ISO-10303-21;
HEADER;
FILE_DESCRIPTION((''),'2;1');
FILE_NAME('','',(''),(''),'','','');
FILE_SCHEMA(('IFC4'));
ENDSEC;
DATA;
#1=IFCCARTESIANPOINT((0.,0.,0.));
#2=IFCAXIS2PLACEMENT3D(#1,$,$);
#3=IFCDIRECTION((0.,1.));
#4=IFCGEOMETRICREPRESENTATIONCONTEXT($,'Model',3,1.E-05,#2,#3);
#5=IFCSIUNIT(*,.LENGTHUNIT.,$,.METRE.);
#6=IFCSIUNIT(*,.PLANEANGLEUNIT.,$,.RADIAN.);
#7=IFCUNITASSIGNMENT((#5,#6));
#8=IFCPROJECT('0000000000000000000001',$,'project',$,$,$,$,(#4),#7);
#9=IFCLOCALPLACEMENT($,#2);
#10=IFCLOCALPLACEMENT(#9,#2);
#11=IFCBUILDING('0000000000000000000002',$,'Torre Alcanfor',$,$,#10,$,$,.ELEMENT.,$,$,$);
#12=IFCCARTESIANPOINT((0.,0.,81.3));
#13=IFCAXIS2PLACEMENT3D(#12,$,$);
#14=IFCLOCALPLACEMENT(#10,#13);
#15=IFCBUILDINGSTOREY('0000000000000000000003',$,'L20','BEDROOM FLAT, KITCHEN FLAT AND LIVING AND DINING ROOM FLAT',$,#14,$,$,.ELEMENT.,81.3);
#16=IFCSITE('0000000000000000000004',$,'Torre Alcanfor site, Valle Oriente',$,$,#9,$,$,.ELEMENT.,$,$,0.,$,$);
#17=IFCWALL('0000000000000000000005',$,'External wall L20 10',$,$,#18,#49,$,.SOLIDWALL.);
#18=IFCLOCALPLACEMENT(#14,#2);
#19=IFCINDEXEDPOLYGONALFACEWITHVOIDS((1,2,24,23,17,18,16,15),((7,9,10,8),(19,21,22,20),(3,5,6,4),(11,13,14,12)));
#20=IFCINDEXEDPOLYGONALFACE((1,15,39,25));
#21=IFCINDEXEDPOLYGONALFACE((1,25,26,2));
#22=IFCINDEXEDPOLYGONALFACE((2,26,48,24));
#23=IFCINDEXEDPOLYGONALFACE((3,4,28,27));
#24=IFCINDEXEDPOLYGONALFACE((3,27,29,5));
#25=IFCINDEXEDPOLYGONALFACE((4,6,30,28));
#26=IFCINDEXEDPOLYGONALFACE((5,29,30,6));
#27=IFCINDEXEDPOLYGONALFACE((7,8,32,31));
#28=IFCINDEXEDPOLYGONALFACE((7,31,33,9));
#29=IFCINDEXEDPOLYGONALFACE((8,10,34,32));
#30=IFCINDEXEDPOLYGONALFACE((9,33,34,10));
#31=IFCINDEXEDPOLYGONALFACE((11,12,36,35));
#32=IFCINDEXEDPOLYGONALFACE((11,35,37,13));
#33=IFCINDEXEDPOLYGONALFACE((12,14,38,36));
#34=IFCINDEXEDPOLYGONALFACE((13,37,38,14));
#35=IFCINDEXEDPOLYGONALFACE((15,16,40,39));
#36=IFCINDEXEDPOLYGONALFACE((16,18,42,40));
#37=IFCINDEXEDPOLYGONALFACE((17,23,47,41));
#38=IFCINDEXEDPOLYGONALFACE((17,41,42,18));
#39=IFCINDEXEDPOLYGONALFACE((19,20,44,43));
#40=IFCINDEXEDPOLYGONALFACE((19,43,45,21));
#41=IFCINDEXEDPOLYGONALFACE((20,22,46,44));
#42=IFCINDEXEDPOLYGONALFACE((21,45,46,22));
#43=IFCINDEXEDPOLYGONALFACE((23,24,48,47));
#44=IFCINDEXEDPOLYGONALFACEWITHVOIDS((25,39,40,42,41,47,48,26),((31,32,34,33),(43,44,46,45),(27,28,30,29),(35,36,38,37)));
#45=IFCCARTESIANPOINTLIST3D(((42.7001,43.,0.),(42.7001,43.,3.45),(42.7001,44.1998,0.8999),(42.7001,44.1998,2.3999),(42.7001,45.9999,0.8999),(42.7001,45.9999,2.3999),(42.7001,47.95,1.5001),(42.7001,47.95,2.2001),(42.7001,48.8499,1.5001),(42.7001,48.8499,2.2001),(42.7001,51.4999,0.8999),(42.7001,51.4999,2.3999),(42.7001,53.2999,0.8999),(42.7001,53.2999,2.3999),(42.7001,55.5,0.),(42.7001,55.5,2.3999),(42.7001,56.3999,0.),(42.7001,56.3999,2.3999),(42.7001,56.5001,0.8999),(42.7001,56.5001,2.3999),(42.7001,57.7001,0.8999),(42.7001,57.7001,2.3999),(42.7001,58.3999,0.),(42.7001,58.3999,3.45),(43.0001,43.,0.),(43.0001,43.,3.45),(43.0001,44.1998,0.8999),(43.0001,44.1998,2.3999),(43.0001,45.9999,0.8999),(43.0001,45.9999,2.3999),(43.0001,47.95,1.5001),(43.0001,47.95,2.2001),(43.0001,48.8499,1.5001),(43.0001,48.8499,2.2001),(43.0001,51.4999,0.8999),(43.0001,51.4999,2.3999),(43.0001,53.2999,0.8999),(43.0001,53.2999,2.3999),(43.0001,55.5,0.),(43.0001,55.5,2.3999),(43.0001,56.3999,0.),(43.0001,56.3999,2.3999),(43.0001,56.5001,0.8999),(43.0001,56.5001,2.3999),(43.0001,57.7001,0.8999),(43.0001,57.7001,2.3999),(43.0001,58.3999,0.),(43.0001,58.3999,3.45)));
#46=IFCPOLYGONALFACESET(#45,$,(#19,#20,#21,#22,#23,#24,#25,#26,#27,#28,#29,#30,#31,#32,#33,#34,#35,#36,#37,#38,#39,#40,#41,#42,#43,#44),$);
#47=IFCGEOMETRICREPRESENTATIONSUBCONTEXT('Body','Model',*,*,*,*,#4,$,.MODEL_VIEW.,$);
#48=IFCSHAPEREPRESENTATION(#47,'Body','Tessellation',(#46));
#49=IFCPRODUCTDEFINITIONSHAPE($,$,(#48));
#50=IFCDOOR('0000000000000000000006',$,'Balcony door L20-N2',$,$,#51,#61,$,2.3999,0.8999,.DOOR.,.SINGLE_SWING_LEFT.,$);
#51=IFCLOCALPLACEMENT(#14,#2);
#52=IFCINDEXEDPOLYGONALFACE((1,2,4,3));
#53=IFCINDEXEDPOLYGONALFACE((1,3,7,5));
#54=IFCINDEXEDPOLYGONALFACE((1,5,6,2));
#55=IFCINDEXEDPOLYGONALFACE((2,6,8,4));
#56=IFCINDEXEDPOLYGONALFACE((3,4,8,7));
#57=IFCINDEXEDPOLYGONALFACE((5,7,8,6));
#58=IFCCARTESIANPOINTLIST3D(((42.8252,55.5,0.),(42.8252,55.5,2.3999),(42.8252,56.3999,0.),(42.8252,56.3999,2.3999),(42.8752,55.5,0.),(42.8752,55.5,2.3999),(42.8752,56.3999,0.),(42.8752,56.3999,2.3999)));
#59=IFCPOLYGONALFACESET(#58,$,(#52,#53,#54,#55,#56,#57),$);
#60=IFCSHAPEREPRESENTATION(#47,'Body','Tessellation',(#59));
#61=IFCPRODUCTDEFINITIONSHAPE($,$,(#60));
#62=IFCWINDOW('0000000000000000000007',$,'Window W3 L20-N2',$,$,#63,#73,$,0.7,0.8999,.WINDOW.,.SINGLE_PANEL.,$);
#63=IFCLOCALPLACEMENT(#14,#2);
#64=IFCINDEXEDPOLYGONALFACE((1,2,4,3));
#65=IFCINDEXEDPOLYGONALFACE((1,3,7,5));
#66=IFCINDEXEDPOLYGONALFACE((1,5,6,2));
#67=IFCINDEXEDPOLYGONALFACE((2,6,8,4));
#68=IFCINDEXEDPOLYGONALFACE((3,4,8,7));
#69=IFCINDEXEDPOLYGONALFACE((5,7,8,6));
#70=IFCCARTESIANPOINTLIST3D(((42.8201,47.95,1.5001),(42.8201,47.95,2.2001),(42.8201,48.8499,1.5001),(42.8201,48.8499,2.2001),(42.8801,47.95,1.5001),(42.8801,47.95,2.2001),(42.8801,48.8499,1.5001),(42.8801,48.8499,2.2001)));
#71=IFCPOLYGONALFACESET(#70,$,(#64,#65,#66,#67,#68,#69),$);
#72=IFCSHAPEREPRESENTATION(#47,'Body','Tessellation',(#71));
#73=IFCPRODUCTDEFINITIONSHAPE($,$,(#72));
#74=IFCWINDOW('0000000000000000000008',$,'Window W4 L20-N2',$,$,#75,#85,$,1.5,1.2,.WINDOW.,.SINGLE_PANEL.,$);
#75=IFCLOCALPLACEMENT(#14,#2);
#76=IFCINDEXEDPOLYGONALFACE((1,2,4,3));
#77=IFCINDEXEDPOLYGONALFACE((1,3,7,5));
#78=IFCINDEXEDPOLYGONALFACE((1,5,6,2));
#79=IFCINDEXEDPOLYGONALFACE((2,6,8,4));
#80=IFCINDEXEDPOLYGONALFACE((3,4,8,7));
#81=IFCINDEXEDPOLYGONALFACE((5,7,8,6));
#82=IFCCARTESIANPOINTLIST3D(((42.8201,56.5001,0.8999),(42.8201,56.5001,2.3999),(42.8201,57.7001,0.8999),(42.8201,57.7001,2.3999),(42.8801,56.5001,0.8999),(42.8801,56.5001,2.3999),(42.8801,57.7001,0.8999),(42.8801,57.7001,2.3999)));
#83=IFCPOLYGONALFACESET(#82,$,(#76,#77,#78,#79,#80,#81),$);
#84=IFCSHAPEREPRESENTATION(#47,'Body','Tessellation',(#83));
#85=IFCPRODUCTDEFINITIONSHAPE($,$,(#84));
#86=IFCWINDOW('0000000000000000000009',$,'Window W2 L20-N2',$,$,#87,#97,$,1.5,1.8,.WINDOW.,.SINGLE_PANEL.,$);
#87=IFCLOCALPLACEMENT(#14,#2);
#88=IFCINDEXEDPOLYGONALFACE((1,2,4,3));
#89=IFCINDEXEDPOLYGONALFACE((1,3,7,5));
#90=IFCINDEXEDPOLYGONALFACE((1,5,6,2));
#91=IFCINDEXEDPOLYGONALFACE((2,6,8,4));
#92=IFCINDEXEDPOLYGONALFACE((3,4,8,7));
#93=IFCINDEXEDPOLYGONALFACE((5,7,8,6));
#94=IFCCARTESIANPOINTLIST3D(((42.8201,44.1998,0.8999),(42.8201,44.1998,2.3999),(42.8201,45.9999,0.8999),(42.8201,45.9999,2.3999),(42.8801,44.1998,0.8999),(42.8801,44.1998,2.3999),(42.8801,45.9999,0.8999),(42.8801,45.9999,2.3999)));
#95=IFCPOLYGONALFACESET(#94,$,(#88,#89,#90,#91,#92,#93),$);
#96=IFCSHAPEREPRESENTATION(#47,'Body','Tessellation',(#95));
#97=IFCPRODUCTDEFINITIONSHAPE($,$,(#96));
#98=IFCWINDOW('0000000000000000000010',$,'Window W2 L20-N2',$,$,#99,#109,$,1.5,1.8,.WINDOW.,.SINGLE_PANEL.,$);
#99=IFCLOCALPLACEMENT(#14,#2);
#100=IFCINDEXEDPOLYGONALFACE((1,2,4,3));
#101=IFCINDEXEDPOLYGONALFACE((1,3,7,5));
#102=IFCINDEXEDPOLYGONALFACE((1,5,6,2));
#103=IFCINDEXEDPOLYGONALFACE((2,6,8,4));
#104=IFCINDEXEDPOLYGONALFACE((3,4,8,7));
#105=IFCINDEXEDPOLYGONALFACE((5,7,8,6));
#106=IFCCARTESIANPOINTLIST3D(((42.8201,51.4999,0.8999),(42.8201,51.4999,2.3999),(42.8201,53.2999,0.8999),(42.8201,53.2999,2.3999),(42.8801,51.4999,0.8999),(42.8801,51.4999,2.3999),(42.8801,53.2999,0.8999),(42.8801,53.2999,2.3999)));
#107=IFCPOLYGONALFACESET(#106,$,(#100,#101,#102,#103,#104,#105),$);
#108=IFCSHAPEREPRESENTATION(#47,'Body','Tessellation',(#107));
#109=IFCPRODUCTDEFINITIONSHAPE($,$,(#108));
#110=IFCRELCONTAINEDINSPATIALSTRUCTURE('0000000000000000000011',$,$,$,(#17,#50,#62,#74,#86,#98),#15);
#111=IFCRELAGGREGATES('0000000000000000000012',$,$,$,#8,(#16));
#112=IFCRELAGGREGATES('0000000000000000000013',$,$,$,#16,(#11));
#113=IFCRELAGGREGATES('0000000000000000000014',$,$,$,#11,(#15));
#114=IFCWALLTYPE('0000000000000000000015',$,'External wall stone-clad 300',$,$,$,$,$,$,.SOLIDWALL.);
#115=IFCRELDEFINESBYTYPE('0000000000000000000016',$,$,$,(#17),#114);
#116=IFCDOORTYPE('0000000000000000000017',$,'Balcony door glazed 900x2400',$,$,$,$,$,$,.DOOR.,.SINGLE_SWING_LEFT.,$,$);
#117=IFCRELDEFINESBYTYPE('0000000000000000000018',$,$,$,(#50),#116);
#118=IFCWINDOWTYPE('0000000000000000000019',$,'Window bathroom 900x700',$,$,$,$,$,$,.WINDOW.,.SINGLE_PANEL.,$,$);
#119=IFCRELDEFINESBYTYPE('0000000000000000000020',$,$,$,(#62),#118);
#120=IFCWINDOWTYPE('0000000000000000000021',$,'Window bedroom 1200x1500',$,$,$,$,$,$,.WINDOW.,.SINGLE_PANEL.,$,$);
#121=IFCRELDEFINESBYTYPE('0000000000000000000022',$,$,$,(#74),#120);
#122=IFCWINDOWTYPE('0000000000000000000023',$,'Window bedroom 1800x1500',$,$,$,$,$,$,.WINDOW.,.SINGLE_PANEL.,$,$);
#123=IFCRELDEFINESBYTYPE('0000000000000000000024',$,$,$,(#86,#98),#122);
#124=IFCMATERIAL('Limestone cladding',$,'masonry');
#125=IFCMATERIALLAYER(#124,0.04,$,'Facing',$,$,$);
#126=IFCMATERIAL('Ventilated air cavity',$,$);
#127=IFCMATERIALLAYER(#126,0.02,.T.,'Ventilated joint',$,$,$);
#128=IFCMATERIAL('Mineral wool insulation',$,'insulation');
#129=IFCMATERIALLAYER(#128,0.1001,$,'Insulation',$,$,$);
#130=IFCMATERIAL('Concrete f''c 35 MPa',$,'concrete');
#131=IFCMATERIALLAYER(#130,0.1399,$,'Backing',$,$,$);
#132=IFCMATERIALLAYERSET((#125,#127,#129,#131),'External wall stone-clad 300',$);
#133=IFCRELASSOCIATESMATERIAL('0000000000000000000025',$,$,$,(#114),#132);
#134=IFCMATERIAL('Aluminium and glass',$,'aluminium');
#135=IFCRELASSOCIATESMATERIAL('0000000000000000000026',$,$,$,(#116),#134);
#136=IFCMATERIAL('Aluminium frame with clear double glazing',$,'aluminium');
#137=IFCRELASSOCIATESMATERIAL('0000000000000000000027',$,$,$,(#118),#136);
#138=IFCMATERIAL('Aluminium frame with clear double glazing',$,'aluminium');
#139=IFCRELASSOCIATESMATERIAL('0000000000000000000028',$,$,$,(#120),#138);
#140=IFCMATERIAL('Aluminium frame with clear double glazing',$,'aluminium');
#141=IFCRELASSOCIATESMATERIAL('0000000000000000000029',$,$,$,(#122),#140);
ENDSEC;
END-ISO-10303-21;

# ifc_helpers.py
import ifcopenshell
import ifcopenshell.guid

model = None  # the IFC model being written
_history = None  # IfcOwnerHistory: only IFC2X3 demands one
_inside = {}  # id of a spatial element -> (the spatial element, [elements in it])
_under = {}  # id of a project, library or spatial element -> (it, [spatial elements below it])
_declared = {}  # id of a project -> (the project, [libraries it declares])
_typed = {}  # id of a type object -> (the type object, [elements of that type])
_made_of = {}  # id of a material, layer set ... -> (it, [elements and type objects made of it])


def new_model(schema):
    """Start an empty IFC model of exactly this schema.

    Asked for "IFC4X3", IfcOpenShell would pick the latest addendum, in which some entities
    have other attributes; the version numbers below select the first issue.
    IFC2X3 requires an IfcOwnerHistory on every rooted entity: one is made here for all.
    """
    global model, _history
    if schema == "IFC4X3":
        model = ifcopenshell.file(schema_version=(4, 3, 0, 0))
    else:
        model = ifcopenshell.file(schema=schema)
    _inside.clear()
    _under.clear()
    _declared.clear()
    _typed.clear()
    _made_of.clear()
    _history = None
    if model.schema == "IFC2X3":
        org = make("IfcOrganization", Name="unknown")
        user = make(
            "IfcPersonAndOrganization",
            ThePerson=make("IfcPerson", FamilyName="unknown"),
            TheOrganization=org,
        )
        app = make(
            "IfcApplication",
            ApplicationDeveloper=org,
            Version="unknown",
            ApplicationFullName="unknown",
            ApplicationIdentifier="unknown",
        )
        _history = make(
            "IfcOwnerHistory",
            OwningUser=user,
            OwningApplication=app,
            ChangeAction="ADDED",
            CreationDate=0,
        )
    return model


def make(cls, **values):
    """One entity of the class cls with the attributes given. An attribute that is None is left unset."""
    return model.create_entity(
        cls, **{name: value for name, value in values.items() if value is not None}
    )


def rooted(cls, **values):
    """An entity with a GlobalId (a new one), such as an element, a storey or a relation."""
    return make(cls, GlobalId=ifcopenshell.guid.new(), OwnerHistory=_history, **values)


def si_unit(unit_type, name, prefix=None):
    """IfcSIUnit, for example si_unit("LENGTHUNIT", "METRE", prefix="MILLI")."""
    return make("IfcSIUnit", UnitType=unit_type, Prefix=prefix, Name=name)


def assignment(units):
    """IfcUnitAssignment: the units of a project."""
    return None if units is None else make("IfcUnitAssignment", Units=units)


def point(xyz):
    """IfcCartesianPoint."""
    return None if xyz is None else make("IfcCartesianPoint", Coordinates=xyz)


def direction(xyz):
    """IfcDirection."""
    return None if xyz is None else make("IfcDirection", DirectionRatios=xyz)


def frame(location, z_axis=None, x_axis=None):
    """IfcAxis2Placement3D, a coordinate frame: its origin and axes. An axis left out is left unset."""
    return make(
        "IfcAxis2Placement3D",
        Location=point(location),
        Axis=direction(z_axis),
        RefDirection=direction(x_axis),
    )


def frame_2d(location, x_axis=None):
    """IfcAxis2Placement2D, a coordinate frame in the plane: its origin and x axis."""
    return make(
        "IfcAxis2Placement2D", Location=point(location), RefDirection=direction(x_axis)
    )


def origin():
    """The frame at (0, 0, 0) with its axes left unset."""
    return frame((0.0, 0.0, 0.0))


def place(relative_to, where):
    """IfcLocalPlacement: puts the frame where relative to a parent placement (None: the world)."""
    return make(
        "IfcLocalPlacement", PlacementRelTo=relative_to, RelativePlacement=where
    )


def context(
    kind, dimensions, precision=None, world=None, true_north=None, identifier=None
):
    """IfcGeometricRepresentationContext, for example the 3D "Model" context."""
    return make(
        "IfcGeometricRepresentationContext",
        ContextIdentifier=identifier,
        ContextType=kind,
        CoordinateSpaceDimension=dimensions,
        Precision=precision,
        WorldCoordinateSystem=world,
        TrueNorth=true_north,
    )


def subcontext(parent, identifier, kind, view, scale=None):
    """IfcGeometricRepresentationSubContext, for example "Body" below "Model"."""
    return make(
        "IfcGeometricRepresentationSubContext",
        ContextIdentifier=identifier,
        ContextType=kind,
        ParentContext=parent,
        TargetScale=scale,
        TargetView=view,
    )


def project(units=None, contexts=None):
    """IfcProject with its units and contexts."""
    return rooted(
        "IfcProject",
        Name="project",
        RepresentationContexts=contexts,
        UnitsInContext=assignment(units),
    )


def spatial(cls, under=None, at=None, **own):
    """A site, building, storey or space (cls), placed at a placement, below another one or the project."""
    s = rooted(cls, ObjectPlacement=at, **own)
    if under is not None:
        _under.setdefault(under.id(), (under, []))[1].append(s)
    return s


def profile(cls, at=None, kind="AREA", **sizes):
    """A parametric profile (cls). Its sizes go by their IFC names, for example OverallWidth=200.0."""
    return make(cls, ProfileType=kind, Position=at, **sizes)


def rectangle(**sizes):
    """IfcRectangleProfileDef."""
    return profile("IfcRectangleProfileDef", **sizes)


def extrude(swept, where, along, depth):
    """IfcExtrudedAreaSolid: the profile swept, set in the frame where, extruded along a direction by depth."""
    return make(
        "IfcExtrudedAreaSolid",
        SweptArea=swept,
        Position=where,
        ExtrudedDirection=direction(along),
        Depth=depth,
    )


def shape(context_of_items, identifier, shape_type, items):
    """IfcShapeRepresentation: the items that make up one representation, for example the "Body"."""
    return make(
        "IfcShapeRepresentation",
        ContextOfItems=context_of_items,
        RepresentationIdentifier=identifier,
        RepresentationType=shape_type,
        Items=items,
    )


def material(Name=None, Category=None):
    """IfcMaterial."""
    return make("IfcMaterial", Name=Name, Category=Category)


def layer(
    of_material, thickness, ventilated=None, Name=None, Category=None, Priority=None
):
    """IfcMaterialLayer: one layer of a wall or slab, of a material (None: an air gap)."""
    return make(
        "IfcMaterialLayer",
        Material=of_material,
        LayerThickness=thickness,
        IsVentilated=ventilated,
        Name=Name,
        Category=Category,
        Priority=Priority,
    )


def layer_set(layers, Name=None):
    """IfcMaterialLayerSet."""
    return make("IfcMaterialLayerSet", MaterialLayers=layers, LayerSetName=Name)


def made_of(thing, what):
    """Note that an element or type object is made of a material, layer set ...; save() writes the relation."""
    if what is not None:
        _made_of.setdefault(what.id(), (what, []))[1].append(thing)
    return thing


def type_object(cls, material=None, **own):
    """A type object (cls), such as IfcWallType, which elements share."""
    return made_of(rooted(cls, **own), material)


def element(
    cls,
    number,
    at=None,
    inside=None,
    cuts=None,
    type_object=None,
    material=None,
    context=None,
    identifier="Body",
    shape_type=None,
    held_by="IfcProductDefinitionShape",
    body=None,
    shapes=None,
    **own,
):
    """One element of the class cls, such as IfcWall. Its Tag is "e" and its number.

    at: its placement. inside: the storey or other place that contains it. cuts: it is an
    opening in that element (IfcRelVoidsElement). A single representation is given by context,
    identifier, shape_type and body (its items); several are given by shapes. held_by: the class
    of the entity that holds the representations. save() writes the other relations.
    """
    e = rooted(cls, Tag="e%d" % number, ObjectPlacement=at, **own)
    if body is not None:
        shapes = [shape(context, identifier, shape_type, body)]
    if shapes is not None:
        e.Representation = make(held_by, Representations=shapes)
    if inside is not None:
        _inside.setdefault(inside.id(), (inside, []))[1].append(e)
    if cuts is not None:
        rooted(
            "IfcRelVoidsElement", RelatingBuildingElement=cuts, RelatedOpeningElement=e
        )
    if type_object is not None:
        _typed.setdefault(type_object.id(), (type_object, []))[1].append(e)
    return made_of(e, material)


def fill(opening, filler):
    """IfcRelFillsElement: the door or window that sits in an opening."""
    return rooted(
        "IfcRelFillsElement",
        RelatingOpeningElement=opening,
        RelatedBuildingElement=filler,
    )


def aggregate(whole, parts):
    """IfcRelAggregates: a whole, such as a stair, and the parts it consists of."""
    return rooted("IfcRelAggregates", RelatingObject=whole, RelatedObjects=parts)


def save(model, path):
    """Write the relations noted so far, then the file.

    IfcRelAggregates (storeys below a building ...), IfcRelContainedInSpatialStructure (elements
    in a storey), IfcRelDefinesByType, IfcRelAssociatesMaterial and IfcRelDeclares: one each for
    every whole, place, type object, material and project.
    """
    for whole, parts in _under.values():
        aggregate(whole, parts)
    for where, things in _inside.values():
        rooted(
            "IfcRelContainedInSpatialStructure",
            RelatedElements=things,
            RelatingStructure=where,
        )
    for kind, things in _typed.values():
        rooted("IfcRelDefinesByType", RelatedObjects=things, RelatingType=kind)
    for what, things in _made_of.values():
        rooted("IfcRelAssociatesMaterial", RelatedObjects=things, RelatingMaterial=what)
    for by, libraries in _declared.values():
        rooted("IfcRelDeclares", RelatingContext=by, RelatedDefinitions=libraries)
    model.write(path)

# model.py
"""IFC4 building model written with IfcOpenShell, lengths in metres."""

from ifc_helpers import new_model, si_unit, direction, frame, frame_2d, origin, place, context, subcontext, project, spatial, rectangle, extrude, material, layer, layer_set, type_object, element, fill, save


model = new_model("IFC4")

# Units and contexts
model_context = context("Model", 3, precision=1e-05, world=origin(), true_north=direction((0.0, 1.0)))
body_context = subcontext(model_context, "Body", "Model", "MODEL_VIEW")
ifc_project = project(units=[si_unit("LENGTHUNIT", "METRE"), si_unit("PLANEANGLEUNIT", "RADIAN")], contexts=[model_context])

# Site, building, storey
site_placement = place(None, origin())
site = spatial("IfcSite", under=ifc_project, at=site_placement, Name="Torre Alcanfor site, Valle Oriente", CompositionType="ELEMENT", RefElevation=0.0)
building_placement = place(site_placement, origin())
building = spatial("IfcBuilding", under=site, at=building_placement, Name="Torre Alcanfor", CompositionType="ELEMENT")
storey_placement = place(building_placement, frame((0.0, 0.0, 81.3)))
storey = spatial("IfcBuildingStorey", under=building, at=storey_placement, Name="L20", Description="BEDROOM FLAT, KITCHEN FLAT AND LIVING AND DINING ROOM FLAT", CompositionType="ELEMENT", Elevation=81.3)

# Wall, openings, door, windows
ifc_material_1 = material(Name="Limestone cladding", Category="masonry")
ifc_layer_1 = layer(ifc_material_1, 0.04, Name="Facing")
ifc_material_2 = material(Name="Ventilated air cavity")
ifc_layer_2 = layer(ifc_material_2, 0.02, ventilated=True, Name="Ventilated joint")
ifc_material_3 = material(Name="Mineral wool insulation", Category="insulation")
ifc_layer_3 = layer(ifc_material_3, 0.1001, Name="Insulation")
ifc_material_4 = material(Name="Concrete f'c 35 MPa", Category="concrete")
ifc_layer_4 = layer(ifc_material_4, 0.1399, Name="Backing")
ifc_layer_set_1 = layer_set([ifc_layer_1, ifc_layer_2, ifc_layer_3, ifc_layer_4], Name="External wall stone-clad 300")
wall_type_1 = type_object("IfcWallType", Name="External wall stone-clad 300", PredefinedType="SOLIDWALL", material=ifc_layer_set_1)
ifc_material_5 = material(Name="Aluminium and glass", Category="aluminium")
door_type = type_object("IfcDoorType", Name="Balcony door glazed 900x2400", OperationType="SINGLE_SWING_LEFT", PredefinedType="DOOR", material=ifc_material_5)
ifc_material_6 = material(Name="Aluminium frame with clear double glazing", Category="aluminium")
window_type_1 = type_object("IfcWindowType", Name="Window bathroom 900x700", PartitioningType="SINGLE_PANEL", PredefinedType="WINDOW", material=ifc_material_6)
ifc_material_7 = material(Name="Aluminium frame with clear double glazing", Category="aluminium")
window_type_2 = type_object("IfcWindowType", Name="Window bedroom 1200x1500", PartitioningType="SINGLE_PANEL", PredefinedType="WINDOW", material=ifc_material_7)
ifc_material_8 = material(Name="Aluminium frame with clear double glazing", Category="aluminium")
window_type_3 = type_object("IfcWindowType", Name="Window bedroom 1800x1500", PartitioningType="SINGLE_PANEL", PredefinedType="WINDOW", material=ifc_material_8)
wall_1_placement = place(storey_placement, frame((42.8501, 43.0, 0.0), z_axis=(0.0, 0.0, 1.0), x_axis=(0.0, 1.0, 0.0)))
wall_1 = element("IfcWall", 1, at=wall_1_placement, inside=storey, type_object=wall_type_1, Name="External wall L20 10", PredefinedType="SOLIDWALL", context=body_context, shape_type="SweptSolid", body=[
    extrude(rectangle(XDim=15.3999, YDim=0.3, at=frame_2d((7.7, 0.0))), origin(), (0.0, 0.0, 1.0), 3.45),
])
opening_1_placement = place(wall_1_placement, frame((1.2, 0.0, 0.8999)))
opening_1 = element("IfcOpeningElement", 2, at=opening_1_placement, cuts=wall_1, PredefinedType="OPENING", context=body_context, shape_type="SweptSolid", body=[
    extrude(rectangle(XDim=1.8, YDim=1.5, at=frame_2d((0.8999, 0.75))), frame((0.0, 0.1599, 0.0), z_axis=(0.0, -1.0, 0.0), x_axis=(1.0, 0.0, 0.0)), (0.0, 0.0, 1.0), 0.3201),
])
opening_2_placement = place(wall_1_placement, frame((4.95, 0.0, 1.5)))
opening_2 = element("IfcOpeningElement", 3, at=opening_2_placement, cuts=wall_1, PredefinedType="OPENING", context=body_context, shape_type="SweptSolid", body=[
    extrude(rectangle(XDim=0.8999, YDim=0.7, at=frame_2d((0.45, 0.3501))), frame((0.0, 0.1599, 0.0), z_axis=(0.0, -1.0, 0.0), x_axis=(1.0, 0.0, 0.0)), (0.0, 0.0, 1.0), 0.3201),
])
opening_3_placement = place(wall_1_placement, frame((8.5, 0.0, 0.8999)))
opening_3 = element("IfcOpeningElement", 4, at=opening_3_placement, cuts=wall_1, PredefinedType="OPENING", context=body_context, shape_type="SweptSolid", body=[
    extrude(rectangle(XDim=1.8, YDim=1.5, at=frame_2d((0.8999, 0.75))), frame((0.0, 0.1599, 0.0), z_axis=(0.0, -1.0, 0.0), x_axis=(1.0, 0.0, 0.0)), (0.0, 0.0, 1.0), 0.3201),
])
opening_4_placement = place(wall_1_placement, frame((12.5, 0.0, 0.0)))
opening_4 = element("IfcOpeningElement", 5, at=opening_4_placement, cuts=wall_1, PredefinedType="OPENING", context=body_context, shape_type="SweptSolid", body=[
    extrude(rectangle(XDim=0.8999, YDim=2.3999, at=frame_2d((0.45, 1.2))), frame((0.0, 0.1599, 0.0), z_axis=(0.0, -1.0, 0.0), x_axis=(1.0, 0.0, 0.0)), (0.0, 0.0, 1.0), 0.3201),
])
opening_5_placement = place(wall_1_placement, frame((13.5, 0.0, 0.8999)))
opening_5 = element("IfcOpeningElement", 6, at=opening_5_placement, cuts=wall_1, PredefinedType="OPENING", context=body_context, shape_type="SweptSolid", body=[
    extrude(rectangle(XDim=1.2, YDim=1.5, at=frame_2d((0.6001, 0.75))), frame((0.0, 0.1599, 0.0), z_axis=(0.0, -1.0, 0.0), x_axis=(1.0, 0.0, 0.0)), (0.0, 0.0, 1.0), 0.3201),
])
door_1_placement = place(opening_4_placement, origin())
door_1 = element("IfcDoor", 7, at=door_1_placement, inside=storey, type_object=door_type, Name="Balcony door L20-N2", OperationType="SINGLE_SWING_LEFT", OverallHeight=2.3999, OverallWidth=0.8999, PredefinedType="DOOR", context=body_context, shape_type="SweptSolid", body=[
    extrude(rectangle(XDim=0.8999, YDim=2.3999, at=frame_2d((0.45, 1.2))), frame((0.0, 0.0249, 0.0), z_axis=(0.0, -1.0, 0.0), x_axis=(1.0, 0.0, 0.0)), (0.0, 0.0, 1.0), 0.05),
])
fill(opening_4, door_1)
window_1_placement = place(opening_2_placement, origin())
window_1 = element("IfcWindow", 8, at=window_1_placement, inside=storey, type_object=window_type_1, Name="Window W3 L20-N2", OverallHeight=0.7, OverallWidth=0.8999, PartitioningType="SINGLE_PANEL", PredefinedType="WINDOW", context=body_context, shape_type="SweptSolid", body=[
    extrude(rectangle(XDim=0.8999, YDim=0.7, at=frame_2d((0.45, 0.3501))), frame((0.0, 0.03, 0.0), z_axis=(0.0, -1.0, 0.0), x_axis=(1.0, 0.0, 0.0)), (0.0, 0.0, 1.0), 0.0601),
])
fill(opening_2, window_1)
window_2_placement = place(opening_5_placement, origin())
window_2 = element("IfcWindow", 9, at=window_2_placement, inside=storey, type_object=window_type_2, Name="Window W4 L20-N2", OverallHeight=1.5, OverallWidth=1.2, PartitioningType="SINGLE_PANEL", PredefinedType="WINDOW", context=body_context, shape_type="SweptSolid", body=[
    extrude(rectangle(XDim=1.2, YDim=1.5, at=frame_2d((0.6001, 0.75))), frame((0.0, 0.03, 0.0), z_axis=(0.0, -1.0, 0.0), x_axis=(1.0, 0.0, 0.0)), (0.0, 0.0, 1.0), 0.0601),
])
fill(opening_5, window_2)
window_3_placement = place(opening_1_placement, origin())
window_3 = element("IfcWindow", 10, at=window_3_placement, inside=storey, type_object=window_type_3, Name="Window W2 L20-N2", OverallHeight=1.5, OverallWidth=1.8, PartitioningType="SINGLE_PANEL", PredefinedType="WINDOW", context=body_context, shape_type="SweptSolid", body=[
    extrude(rectangle(XDim=1.8, YDim=1.5, at=frame_2d((0.8999, 0.75))), frame((0.0, 0.03, 0.0), z_axis=(0.0, -1.0, 0.0), x_axis=(1.0, 0.0, 0.0)), (0.0, 0.0, 1.0), 0.0601),
])
fill(opening_1, window_3)
window_4_placement = place(opening_3_placement, origin())
window_4 = element("IfcWindow", 11, at=window_4_placement, inside=storey, type_object=window_type_3, Name="Window W2 L20-N2", OverallHeight=1.5, OverallWidth=1.8, PartitioningType="SINGLE_PANEL", PredefinedType="WINDOW", context=body_context, shape_type="SweptSolid", body=[
    extrude(rectangle(XDim=1.8, YDim=1.5, at=frame_2d((0.8999, 0.75))), frame((0.0, 0.03, 0.0), z_axis=(0.0, -1.0, 0.0), x_axis=(1.0, 0.0, 0.0)), (0.0, 0.0, 1.0), 0.0601),
])
fill(opening_3, window_4)

save(model, "model.ifc")
